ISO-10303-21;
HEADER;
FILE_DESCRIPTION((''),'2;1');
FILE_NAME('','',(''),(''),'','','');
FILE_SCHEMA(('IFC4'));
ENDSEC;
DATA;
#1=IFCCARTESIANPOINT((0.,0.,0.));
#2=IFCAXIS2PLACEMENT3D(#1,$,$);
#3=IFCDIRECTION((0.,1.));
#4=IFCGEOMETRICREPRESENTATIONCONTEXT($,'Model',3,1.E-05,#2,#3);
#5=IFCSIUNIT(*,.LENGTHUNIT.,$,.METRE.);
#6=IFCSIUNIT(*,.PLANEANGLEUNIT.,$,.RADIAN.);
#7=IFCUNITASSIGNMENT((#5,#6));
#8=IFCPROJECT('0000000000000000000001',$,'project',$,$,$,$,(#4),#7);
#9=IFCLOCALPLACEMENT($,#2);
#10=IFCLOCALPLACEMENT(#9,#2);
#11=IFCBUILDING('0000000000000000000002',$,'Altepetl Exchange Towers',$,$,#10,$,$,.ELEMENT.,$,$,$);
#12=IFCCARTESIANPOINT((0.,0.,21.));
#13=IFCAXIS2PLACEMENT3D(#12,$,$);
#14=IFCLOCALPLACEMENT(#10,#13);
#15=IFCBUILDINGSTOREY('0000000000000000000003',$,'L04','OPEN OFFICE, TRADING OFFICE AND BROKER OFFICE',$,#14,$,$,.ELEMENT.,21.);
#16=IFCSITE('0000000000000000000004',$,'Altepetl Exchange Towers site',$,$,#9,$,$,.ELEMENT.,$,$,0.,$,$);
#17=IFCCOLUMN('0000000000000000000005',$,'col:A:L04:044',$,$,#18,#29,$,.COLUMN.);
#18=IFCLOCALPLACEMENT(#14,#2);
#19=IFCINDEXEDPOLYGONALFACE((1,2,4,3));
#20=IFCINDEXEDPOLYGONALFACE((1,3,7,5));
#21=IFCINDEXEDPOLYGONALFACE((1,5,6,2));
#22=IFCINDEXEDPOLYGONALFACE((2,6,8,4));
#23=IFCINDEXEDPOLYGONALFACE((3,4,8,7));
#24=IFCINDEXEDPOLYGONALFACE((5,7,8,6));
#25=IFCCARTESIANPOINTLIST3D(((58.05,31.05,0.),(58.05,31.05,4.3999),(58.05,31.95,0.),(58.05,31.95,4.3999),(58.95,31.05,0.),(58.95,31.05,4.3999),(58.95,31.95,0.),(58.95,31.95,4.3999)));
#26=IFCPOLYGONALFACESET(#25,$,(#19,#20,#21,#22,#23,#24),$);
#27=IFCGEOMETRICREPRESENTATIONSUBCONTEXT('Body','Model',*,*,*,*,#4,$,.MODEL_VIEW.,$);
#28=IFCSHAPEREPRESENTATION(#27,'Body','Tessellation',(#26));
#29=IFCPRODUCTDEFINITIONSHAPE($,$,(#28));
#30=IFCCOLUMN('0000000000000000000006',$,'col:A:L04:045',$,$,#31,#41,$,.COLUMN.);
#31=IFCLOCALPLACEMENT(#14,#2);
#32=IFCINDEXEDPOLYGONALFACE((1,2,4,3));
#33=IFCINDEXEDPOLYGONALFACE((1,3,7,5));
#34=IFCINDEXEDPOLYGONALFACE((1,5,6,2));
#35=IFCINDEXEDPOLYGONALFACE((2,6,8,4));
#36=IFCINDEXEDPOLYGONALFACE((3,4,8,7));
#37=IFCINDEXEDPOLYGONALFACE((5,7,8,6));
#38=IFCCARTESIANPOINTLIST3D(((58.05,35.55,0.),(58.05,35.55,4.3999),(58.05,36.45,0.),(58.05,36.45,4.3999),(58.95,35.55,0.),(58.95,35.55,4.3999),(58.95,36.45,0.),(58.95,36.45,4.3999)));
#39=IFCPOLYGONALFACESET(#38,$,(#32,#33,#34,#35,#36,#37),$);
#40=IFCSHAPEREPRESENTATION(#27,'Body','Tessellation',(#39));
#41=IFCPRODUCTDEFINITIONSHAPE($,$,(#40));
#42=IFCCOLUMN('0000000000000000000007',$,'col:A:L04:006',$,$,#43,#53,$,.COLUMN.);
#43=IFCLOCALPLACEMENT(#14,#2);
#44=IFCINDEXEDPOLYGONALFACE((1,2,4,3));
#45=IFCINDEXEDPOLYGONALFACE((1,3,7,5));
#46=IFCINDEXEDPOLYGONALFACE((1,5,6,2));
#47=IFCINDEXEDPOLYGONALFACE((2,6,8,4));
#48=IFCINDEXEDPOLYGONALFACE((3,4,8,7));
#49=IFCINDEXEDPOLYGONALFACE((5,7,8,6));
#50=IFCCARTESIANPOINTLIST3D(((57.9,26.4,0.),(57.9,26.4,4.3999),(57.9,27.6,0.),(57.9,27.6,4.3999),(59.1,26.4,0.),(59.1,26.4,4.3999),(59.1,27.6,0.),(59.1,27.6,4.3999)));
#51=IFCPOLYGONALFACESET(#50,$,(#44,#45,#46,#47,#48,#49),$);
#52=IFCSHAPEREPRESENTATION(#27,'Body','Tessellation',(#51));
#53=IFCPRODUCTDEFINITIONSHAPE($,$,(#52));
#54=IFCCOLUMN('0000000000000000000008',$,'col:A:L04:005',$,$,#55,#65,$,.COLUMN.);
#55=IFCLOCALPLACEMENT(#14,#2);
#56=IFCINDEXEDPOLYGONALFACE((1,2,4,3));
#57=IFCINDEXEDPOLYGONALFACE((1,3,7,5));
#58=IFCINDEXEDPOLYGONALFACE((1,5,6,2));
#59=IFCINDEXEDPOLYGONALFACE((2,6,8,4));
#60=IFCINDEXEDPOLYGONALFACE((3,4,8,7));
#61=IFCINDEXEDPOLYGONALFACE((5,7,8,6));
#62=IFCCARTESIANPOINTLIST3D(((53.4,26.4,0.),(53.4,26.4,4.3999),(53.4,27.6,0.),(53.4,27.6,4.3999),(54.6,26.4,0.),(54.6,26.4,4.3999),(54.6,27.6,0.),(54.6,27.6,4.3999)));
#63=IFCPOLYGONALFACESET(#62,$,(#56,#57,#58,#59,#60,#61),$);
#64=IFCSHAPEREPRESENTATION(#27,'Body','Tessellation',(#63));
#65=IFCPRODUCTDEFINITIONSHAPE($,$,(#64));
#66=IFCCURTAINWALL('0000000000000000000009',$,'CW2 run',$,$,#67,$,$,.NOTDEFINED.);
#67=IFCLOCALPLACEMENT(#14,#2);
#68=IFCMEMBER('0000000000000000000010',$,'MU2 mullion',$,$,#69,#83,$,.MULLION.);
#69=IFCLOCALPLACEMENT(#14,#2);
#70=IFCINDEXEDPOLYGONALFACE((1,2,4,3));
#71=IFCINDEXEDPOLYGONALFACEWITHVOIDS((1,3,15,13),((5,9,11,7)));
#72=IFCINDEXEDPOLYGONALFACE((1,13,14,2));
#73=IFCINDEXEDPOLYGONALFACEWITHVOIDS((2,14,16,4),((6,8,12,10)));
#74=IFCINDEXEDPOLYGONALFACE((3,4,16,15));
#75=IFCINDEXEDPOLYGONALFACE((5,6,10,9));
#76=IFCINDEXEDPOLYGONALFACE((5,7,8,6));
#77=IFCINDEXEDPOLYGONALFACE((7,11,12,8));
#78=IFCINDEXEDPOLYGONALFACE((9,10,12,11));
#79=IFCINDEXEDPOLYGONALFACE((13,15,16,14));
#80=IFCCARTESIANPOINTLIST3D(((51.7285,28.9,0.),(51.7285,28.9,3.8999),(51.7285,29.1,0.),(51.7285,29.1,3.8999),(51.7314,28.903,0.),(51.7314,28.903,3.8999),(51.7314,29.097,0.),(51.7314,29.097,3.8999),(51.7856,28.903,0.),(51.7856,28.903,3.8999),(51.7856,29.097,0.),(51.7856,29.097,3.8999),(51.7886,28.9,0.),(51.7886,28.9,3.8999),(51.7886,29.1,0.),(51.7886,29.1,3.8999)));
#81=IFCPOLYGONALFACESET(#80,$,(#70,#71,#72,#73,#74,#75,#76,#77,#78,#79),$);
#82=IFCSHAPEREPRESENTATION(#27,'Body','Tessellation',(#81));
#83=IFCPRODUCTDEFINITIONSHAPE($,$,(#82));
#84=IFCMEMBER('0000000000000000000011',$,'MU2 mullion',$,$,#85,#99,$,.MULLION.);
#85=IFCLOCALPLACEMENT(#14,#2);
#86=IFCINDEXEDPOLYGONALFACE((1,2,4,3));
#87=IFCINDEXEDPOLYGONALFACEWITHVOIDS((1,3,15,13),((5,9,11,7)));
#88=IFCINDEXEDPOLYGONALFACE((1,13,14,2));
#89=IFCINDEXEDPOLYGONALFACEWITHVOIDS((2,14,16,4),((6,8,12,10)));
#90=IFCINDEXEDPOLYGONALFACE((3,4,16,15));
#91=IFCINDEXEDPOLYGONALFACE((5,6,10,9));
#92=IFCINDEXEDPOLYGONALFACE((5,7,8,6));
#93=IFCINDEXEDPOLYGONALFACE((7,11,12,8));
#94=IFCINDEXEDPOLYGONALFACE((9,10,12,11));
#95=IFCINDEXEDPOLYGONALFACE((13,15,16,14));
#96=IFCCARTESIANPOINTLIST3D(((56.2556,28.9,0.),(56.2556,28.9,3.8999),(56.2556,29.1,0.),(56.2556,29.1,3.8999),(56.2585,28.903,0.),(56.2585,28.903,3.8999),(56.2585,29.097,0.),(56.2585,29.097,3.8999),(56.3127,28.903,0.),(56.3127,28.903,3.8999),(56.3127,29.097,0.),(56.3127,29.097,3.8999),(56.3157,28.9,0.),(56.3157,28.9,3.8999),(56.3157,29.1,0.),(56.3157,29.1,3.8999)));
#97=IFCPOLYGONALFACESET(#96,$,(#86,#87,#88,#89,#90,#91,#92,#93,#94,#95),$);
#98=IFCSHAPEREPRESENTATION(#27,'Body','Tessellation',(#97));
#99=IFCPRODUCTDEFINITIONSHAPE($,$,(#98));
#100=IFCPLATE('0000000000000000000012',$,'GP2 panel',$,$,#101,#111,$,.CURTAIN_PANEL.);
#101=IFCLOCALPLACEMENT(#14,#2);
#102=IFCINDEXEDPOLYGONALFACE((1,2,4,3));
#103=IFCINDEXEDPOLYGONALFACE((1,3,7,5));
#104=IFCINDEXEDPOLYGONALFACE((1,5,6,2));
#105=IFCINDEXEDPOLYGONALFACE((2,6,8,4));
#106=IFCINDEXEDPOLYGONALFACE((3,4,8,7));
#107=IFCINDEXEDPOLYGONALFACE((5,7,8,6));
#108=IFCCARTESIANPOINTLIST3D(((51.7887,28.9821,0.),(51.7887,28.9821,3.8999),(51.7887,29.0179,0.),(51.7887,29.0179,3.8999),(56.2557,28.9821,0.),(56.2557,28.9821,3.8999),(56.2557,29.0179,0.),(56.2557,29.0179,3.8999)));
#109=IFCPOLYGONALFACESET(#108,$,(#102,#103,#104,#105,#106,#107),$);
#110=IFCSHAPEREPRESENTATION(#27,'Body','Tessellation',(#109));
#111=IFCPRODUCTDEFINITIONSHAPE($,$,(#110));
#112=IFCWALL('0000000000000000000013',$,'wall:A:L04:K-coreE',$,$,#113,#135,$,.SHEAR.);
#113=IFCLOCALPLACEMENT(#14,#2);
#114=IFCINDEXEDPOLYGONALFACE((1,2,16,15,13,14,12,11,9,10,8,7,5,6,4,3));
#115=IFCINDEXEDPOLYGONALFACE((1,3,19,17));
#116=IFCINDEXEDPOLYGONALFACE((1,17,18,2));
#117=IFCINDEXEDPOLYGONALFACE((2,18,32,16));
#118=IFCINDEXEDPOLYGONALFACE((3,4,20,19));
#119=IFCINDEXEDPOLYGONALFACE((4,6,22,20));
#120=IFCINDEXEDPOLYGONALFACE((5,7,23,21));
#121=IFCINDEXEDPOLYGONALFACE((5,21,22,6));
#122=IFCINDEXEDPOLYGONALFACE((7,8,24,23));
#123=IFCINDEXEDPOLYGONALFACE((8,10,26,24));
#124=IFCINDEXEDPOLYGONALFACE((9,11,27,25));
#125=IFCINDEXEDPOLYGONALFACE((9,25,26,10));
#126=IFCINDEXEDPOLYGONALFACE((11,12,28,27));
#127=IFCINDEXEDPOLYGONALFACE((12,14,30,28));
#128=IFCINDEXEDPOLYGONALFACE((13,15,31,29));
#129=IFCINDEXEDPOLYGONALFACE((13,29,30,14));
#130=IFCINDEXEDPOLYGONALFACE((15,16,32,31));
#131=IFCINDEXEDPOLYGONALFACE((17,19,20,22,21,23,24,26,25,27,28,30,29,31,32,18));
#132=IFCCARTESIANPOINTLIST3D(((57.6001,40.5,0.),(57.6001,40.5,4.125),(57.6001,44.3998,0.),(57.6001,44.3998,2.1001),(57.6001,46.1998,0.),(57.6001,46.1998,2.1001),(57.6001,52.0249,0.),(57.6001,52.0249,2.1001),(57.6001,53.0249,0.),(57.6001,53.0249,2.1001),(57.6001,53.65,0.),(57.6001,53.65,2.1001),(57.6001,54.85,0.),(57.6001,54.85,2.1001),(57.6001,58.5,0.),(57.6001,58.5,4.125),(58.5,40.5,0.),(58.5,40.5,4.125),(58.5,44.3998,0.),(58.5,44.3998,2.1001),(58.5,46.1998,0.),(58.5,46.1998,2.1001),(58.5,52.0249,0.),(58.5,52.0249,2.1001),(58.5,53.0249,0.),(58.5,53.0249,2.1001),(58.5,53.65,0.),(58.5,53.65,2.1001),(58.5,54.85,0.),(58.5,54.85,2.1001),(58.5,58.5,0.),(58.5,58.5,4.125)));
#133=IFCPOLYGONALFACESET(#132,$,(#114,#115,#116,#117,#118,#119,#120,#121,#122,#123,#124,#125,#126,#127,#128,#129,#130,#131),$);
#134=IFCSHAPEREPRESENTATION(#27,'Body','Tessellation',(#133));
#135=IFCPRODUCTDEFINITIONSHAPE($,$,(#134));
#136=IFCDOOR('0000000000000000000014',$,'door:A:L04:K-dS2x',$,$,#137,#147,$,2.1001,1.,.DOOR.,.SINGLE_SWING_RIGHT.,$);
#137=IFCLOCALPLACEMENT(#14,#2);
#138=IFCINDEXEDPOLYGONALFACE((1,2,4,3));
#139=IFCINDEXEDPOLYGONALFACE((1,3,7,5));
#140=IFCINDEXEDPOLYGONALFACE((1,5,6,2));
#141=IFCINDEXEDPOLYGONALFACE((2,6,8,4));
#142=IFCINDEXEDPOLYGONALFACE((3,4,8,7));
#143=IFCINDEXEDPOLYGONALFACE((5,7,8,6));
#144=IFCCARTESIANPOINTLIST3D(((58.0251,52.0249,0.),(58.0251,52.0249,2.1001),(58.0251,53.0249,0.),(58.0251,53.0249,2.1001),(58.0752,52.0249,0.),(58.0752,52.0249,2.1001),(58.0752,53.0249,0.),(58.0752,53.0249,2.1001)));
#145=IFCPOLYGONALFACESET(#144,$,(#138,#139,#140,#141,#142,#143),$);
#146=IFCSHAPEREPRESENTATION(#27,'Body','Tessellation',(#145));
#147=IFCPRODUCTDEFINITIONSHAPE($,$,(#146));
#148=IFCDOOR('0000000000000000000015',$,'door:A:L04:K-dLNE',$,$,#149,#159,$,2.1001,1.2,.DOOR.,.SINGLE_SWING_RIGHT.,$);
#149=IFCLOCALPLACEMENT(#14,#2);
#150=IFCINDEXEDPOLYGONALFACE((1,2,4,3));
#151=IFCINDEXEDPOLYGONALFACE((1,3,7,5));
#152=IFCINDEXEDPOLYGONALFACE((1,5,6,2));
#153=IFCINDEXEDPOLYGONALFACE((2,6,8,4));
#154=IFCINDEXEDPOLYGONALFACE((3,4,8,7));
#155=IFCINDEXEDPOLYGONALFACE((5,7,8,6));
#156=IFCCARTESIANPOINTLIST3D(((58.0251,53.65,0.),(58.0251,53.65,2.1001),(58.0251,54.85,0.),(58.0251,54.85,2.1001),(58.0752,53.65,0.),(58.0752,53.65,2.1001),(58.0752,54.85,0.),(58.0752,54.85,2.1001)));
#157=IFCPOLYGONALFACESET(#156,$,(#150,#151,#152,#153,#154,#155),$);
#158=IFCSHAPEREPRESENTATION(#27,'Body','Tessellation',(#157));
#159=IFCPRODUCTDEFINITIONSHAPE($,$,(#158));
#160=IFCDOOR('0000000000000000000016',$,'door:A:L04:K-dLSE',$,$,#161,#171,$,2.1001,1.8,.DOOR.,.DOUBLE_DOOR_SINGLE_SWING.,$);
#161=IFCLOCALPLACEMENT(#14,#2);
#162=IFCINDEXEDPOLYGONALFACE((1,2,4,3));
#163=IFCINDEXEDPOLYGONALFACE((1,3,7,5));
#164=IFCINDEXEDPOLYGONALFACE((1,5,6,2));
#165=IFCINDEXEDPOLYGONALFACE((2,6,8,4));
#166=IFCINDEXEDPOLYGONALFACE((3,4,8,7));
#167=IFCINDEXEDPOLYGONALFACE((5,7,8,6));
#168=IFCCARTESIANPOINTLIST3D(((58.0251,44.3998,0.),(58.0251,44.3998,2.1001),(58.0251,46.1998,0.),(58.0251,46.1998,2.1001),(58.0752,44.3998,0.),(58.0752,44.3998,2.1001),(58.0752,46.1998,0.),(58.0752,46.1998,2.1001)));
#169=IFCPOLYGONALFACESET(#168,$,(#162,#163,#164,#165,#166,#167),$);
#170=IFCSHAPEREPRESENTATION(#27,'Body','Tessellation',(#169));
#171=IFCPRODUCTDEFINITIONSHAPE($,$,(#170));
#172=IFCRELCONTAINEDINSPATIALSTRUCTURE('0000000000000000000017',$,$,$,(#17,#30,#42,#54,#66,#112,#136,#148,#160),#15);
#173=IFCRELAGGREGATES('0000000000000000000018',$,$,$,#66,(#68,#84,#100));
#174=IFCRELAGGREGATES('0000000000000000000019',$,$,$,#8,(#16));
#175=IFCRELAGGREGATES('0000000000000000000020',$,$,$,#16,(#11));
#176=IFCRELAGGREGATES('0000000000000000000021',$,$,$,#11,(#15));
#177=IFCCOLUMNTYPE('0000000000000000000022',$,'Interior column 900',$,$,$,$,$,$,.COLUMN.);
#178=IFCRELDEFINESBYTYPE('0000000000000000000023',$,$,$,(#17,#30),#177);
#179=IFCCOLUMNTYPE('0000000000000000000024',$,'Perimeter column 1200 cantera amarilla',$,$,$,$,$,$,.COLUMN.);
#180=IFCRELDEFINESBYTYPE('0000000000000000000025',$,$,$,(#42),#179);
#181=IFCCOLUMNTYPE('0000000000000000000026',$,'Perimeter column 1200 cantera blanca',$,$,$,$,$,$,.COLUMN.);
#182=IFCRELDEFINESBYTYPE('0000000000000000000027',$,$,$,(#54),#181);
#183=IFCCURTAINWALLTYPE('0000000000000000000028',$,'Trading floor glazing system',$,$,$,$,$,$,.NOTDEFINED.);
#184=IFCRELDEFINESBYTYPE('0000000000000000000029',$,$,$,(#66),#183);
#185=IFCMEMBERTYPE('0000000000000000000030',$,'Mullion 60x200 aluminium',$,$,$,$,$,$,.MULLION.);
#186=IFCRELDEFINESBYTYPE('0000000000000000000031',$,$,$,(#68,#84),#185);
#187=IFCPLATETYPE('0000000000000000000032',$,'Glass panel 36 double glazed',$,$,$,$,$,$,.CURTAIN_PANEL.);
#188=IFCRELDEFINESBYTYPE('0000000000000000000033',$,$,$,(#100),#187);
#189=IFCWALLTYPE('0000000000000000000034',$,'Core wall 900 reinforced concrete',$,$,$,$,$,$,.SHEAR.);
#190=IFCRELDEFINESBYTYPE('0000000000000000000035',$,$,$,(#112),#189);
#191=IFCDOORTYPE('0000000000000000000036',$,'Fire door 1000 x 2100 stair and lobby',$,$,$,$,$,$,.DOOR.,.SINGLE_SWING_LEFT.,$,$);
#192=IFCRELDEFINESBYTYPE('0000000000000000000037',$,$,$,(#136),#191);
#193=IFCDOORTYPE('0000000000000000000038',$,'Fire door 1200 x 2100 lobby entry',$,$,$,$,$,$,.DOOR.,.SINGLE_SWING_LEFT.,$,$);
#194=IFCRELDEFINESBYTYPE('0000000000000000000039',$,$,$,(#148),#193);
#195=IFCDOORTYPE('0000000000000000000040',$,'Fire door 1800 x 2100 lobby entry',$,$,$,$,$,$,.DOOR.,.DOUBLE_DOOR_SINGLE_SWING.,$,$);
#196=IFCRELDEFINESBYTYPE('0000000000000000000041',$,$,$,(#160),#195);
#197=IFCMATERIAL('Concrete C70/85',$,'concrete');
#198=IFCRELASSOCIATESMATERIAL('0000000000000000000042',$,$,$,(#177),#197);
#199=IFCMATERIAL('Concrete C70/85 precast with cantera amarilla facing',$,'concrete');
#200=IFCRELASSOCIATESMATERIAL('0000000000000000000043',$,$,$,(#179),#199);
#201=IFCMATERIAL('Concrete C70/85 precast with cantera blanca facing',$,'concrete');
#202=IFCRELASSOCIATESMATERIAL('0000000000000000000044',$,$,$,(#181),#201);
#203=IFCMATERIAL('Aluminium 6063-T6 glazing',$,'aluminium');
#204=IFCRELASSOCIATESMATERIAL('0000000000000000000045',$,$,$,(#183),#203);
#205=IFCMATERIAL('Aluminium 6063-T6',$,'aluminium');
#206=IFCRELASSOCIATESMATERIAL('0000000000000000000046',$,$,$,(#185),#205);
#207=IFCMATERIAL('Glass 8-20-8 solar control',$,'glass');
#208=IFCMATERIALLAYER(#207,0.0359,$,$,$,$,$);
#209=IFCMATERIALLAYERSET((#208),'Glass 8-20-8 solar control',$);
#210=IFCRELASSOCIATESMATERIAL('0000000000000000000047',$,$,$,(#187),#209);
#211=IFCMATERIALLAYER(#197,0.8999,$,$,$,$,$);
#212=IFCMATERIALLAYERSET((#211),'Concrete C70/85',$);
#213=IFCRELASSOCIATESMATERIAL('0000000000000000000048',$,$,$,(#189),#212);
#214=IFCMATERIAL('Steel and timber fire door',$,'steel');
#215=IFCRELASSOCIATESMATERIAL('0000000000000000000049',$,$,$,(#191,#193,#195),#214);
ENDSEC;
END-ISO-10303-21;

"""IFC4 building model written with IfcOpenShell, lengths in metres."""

from ifc_helpers import new_model, si_unit, direction, frame, frame_2d, origin, origin_2d, place, context, subcontext, project, spatial, rectangle, hollow_rectangle, extrude, material, layer, layer_set, material_profile, profile_set, type_object, element, fill, aggregate, save


model = new_model("IFC4")

# Units and contexts
model_context = context("Model", 3, precision=1e-05, world=origin(), true_north=direction((0.0, 1.0)))
body_context = subcontext(model_context, "Body", "Model", "MODEL_VIEW")
ifc_project = project(units=[si_unit("LENGTHUNIT", "METRE"), si_unit("PLANEANGLEUNIT", "RADIAN")], contexts=[model_context])

# Site, building, storey
site_placement = place(None, origin())
site = spatial("IfcSite", under=ifc_project, at=site_placement, Name="Altepetl Exchange Towers site", CompositionType="ELEMENT", RefElevation=0.0)
building_placement = place(site_placement, origin())
building = spatial("IfcBuilding", under=site, at=building_placement, Name="Altepetl Exchange Towers", CompositionType="ELEMENT")
storey_placement = place(building_placement, frame((0.0, 0.0, 21.0)))
storey = spatial("IfcBuildingStorey", under=building, at=storey_placement, Name="L04", Description="OPEN OFFICE, TRADING OFFICE AND BROKER OFFICE", CompositionType="ELEMENT", Elevation=21.0)

# Columns
ifc_material_1 = material(Name="Concrete C70/85", Category="concrete")
ifc_material_profile_1 = material_profile(ifc_material_1, rectangle(XDim=0.8999, YDim=0.8999, at=origin_2d()), Name="900 x 900")
ifc_profile_set_1 = profile_set([ifc_material_profile_1], Name="Concrete C70/85")
column_type_1 = type_object("IfcColumnType", Name="Interior column 900", PredefinedType="COLUMN", material=ifc_profile_set_1)
for number, where, name in (
    (1, (58.5, 31.5, 0.0), "col:A:L04:044"),
    (2, (58.5, 36.0, 0.0), "col:A:L04:045"),
):
    element("IfcColumn", number, at=place(storey_placement, frame(where)), inside=storey, type_object=column_type_1, Name=name, PredefinedType="COLUMN", context=body_context, shape_type="SweptSolid", body=[
        extrude(rectangle(XDim=0.8999, YDim=0.8999, at=origin_2d()), origin(), (0.0, 0.0, 1.0), 4.3999),
    ])
ifc_material_2 = material(Name="Concrete C70/85 precast with cantera amarilla facing", Category="concrete")
ifc_material_profile_2 = material_profile(ifc_material_2, rectangle(XDim=1.2, YDim=1.2, at=origin_2d()), Name="1200 x 1200")
ifc_profile_set_2 = profile_set([ifc_material_profile_2], Name="Concrete C70/85 precast with cantera amarilla facing")
column_type_2 = type_object("IfcColumnType", Name="Perimeter column 1200 cantera amarilla", PredefinedType="COLUMN", material=ifc_profile_set_2)
column_1_placement = place(storey_placement, frame((58.5, 27.0, 0.0)))
element("IfcColumn", 3, at=column_1_placement, inside=storey, type_object=column_type_2, Name="col:A:L04:006", PredefinedType="COLUMN", context=body_context, shape_type="SweptSolid", body=[
    extrude(rectangle(XDim=1.2, YDim=1.2, at=origin_2d()), origin(), (0.0, 0.0, 1.0), 4.3999),
])
ifc_material_3 = material(Name="Concrete C70/85 precast with cantera blanca facing", Category="concrete")
ifc_material_profile_3 = material_profile(ifc_material_3, rectangle(XDim=1.2, YDim=1.2, at=origin_2d()), Name="1200 x 1200")
ifc_profile_set_3 = profile_set([ifc_material_profile_3], Name="Concrete C70/85 precast with cantera blanca facing")
column_type_3 = type_object("IfcColumnType", Name="Perimeter column 1200 cantera blanca", PredefinedType="COLUMN", material=ifc_profile_set_3)
column_2_placement = place(storey_placement, frame((54.0, 27.0, 0.0)))
element("IfcColumn", 4, at=column_2_placement, inside=storey, type_object=column_type_3, Name="col:A:L04:005", PredefinedType="COLUMN", context=body_context, shape_type="SweptSolid", body=[
    extrude(rectangle(XDim=1.2, YDim=1.2, at=origin_2d()), origin(), (0.0, 0.0, 1.0), 4.3999),
])

# Curtain wall, members, plate
ifc_material_4 = material(Name="Aluminium 6063-T6 glazing", Category="aluminium")
curtain_wall_type = type_object("IfcCurtainWallType", Name="Trading floor glazing system", PredefinedType="NOTDEFINED", material=ifc_material_4)
curtain_wall_placement = place(storey_placement, origin())
curtain_wall = element("IfcCurtainWall", 5, at=curtain_wall_placement, inside=storey, type_object=curtain_wall_type, Name="CW2 run", PredefinedType="NOTDEFINED")
ifc_material_5 = material(Name="Aluminium 6063-T6", Category="aluminium")
ifc_material_profile_4 = material_profile(ifc_material_5, hollow_rectangle(XDim=0.0601, YDim=0.2, WallThickness=0.0029, at=origin_2d()), Name="Mullion 60x200 aluminium")
ifc_profile_set_4 = profile_set([ifc_material_profile_4], Name="Aluminium 6063-T6")
member_type = type_object("IfcMemberType", Name="Mullion 60x200 aluminium", PredefinedType="MULLION", material=ifc_profile_set_4)
member_1_placement = place(storey_placement, frame((51.7585, 29.0, 0.0)))
member_1 = element("IfcMember", 6, at=member_1_placement, type_object=member_type, Name="MU2 mullion", PredefinedType="MULLION", context=body_context, shape_type="SweptSolid", body=[
    extrude(hollow_rectangle(XDim=0.0601, YDim=0.2, WallThickness=0.0029, at=origin_2d()), origin(), (0.0, 0.0, 1.0), 3.8999),
])
member_2_placement = place(storey_placement, frame((56.2856, 29.0, 0.0)))
member_2 = element("IfcMember", 7, at=member_2_placement, type_object=member_type, Name="MU2 mullion", PredefinedType="MULLION", context=body_context, shape_type="SweptSolid", body=[
    extrude(hollow_rectangle(XDim=0.0601, YDim=0.2, WallThickness=0.0029, at=origin_2d()), origin(), (0.0, 0.0, 1.0), 3.8999),
])
ifc_material_6 = material(Name="Glass 8-20-8 solar control", Category="glass")
ifc_layer_1 = layer(ifc_material_6, 0.0359)
ifc_layer_set_1 = layer_set([ifc_layer_1], Name="Glass 8-20-8 solar control")
plate_type = type_object("IfcPlateType", Name="Glass panel 36 double glazed", PredefinedType="CURTAIN_PANEL", material=ifc_layer_set_1)
plate_placement = place(storey_placement, frame((54.0222, 29.0, 0.0)))
plate = element("IfcPlate", 8, at=plate_placement, type_object=plate_type, Name="GP2 panel", PredefinedType="CURTAIN_PANEL", context=body_context, shape_type="SweptSolid", body=[
    extrude(rectangle(XDim=4.467, YDim=0.0359, at=origin_2d()), origin(), (0.0, 0.0, 1.0), 3.8999),
])
aggregate(curtain_wall, [member_1, member_2, plate])

# Wall, openings, doors
ifc_layer_2 = layer(ifc_material_1, 0.8999)
ifc_layer_set_2 = layer_set([ifc_layer_2], Name="Concrete C70/85")
wall_type_1 = type_object("IfcWallType", Name="Core wall 900 reinforced concrete", PredefinedType="SHEAR", material=ifc_layer_set_2)
wall_1_placement = place(storey_placement, frame((58.05, 40.5, 0.0), z_axis=(0.0, 0.0, 1.0), x_axis=(0.0, 1.0, 0.0)))
wall_1 = element("IfcWall", 9, at=wall_1_placement, inside=storey, type_object=wall_type_1, Name="wall:A:L04:K-coreE", PredefinedType="SHEAR", context=body_context, shape_type="SweptSolid", body=[
    extrude(rectangle(XDim=18.0, YDim=0.8999, at=frame_2d((9.0, 0.0))), origin(), (0.0, 0.0, 1.0), 4.125),
])
opening_1_placement = place(wall_1_placement, frame((13.1499, 0.0, 0.0)))
opening_1 = element("IfcOpeningElement", 10, at=opening_1_placement, cuts=wall_1, PredefinedType="OPENING", context=body_context, shape_type="SweptSolid", body=[
    extrude(rectangle(XDim=1.2, YDim=2.1001, at=frame_2d((0.6001, 1.05))), frame((0.0, 0.46, 0.0), z_axis=(0.0, -1.0, 0.0), x_axis=(1.0, 0.0, 0.0)), (0.0, 0.0, 1.0), 0.9199),
])
opening_2_placement = place(wall_1_placement, frame((3.8999, 0.0, 0.0)))
opening_2 = element("IfcOpeningElement", 11, at=opening_2_placement, cuts=wall_1, PredefinedType="OPENING", context=body_context, shape_type="SweptSolid", body=[
    extrude(rectangle(XDim=1.8, YDim=2.1001, at=frame_2d((0.8999, 1.05))), frame((0.0, 0.46, 0.0), z_axis=(0.0, -1.0, 0.0), x_axis=(1.0, 0.0, 0.0)), (0.0, 0.0, 1.0), 0.9199),
])
opening_3_placement = place(wall_1_placement, frame((11.5249, 0.0, 0.0)))
opening_3 = element("IfcOpeningElement", 12, at=opening_3_placement, cuts=wall_1, PredefinedType="OPENING", context=body_context, shape_type="SweptSolid", body=[
    extrude(rectangle(XDim=1.0, YDim=2.1001, at=frame_2d((0.5, 1.05))), frame((0.0, 0.46, 0.0), z_axis=(0.0, -1.0, 0.0), x_axis=(1.0, 0.0, 0.0)), (0.0, 0.0, 1.0), 0.9199),
])
ifc_material_7 = material(Name="Steel and timber fire door", Category="steel")
door_type_1 = type_object("IfcDoorType", Name="Fire door 1000 x 2100 stair and lobby", OperationType="SINGLE_SWING_LEFT", PredefinedType="DOOR", material=ifc_material_7)
door_1_placement = place(opening_3_placement, origin())
door_1 = element("IfcDoor", 13, at=door_1_placement, inside=storey, type_object=door_type_1, Name="door:A:L04:K-dS2x", OperationType="SINGLE_SWING_RIGHT", OverallHeight=2.1001, OverallWidth=1.0, PredefinedType="DOOR", context=body_context, shape_type="SweptSolid", body=[
    extrude(rectangle(XDim=1.0, YDim=2.1001, at=frame_2d((0.5, 1.05))), frame((0.0, 0.0249, 0.0), z_axis=(0.0, -1.0, 0.0), x_axis=(1.0, 0.0, 0.0)), (0.0, 0.0, 1.0), 0.05),
])
fill(opening_3, door_1)
door_type_2 = type_object("IfcDoorType", Name="Fire door 1200 x 2100 lobby entry", OperationType="SINGLE_SWING_LEFT", PredefinedType="DOOR", material=ifc_material_7)
door_2_placement = place(opening_1_placement, origin())
door_2 = element("IfcDoor", 14, at=door_2_placement, inside=storey, type_object=door_type_2, Name="door:A:L04:K-dLNE", OperationType="SINGLE_SWING_RIGHT", OverallHeight=2.1001, OverallWidth=1.2, PredefinedType="DOOR", context=body_context, shape_type="SweptSolid", body=[
    extrude(rectangle(XDim=1.2, YDim=2.1001, at=frame_2d((0.6001, 1.05))), frame((0.0, 0.0249, 0.0), z_axis=(0.0, -1.0, 0.0), x_axis=(1.0, 0.0, 0.0)), (0.0, 0.0, 1.0), 0.05),
])
fill(opening_1, door_2)
door_type_3 = type_object("IfcDoorType", Name="Fire door 1800 x 2100 lobby entry", OperationType="DOUBLE_DOOR_SINGLE_SWING", PredefinedType="DOOR", material=ifc_material_7)
door_3_placement = place(opening_2_placement, origin())
door_3 = element("IfcDoor", 15, at=door_3_placement, inside=storey, type_object=door_type_3, Name="door:A:L04:K-dLSE", OperationType="DOUBLE_DOOR_SINGLE_SWING", OverallHeight=2.1001, OverallWidth=1.8, PredefinedType="DOOR", context=body_context, shape_type="SweptSolid", body=[
    extrude(rectangle(XDim=1.8, YDim=2.1001, at=frame_2d((0.8999, 1.05))), frame((0.0, 0.0249, 0.0), z_axis=(0.0, -1.0, 0.0), x_axis=(1.0, 0.0, 0.0)), (0.0, 0.0, 1.0), 0.05),
])
fill(opening_2, door_3)

save(model, "model.ifc")
